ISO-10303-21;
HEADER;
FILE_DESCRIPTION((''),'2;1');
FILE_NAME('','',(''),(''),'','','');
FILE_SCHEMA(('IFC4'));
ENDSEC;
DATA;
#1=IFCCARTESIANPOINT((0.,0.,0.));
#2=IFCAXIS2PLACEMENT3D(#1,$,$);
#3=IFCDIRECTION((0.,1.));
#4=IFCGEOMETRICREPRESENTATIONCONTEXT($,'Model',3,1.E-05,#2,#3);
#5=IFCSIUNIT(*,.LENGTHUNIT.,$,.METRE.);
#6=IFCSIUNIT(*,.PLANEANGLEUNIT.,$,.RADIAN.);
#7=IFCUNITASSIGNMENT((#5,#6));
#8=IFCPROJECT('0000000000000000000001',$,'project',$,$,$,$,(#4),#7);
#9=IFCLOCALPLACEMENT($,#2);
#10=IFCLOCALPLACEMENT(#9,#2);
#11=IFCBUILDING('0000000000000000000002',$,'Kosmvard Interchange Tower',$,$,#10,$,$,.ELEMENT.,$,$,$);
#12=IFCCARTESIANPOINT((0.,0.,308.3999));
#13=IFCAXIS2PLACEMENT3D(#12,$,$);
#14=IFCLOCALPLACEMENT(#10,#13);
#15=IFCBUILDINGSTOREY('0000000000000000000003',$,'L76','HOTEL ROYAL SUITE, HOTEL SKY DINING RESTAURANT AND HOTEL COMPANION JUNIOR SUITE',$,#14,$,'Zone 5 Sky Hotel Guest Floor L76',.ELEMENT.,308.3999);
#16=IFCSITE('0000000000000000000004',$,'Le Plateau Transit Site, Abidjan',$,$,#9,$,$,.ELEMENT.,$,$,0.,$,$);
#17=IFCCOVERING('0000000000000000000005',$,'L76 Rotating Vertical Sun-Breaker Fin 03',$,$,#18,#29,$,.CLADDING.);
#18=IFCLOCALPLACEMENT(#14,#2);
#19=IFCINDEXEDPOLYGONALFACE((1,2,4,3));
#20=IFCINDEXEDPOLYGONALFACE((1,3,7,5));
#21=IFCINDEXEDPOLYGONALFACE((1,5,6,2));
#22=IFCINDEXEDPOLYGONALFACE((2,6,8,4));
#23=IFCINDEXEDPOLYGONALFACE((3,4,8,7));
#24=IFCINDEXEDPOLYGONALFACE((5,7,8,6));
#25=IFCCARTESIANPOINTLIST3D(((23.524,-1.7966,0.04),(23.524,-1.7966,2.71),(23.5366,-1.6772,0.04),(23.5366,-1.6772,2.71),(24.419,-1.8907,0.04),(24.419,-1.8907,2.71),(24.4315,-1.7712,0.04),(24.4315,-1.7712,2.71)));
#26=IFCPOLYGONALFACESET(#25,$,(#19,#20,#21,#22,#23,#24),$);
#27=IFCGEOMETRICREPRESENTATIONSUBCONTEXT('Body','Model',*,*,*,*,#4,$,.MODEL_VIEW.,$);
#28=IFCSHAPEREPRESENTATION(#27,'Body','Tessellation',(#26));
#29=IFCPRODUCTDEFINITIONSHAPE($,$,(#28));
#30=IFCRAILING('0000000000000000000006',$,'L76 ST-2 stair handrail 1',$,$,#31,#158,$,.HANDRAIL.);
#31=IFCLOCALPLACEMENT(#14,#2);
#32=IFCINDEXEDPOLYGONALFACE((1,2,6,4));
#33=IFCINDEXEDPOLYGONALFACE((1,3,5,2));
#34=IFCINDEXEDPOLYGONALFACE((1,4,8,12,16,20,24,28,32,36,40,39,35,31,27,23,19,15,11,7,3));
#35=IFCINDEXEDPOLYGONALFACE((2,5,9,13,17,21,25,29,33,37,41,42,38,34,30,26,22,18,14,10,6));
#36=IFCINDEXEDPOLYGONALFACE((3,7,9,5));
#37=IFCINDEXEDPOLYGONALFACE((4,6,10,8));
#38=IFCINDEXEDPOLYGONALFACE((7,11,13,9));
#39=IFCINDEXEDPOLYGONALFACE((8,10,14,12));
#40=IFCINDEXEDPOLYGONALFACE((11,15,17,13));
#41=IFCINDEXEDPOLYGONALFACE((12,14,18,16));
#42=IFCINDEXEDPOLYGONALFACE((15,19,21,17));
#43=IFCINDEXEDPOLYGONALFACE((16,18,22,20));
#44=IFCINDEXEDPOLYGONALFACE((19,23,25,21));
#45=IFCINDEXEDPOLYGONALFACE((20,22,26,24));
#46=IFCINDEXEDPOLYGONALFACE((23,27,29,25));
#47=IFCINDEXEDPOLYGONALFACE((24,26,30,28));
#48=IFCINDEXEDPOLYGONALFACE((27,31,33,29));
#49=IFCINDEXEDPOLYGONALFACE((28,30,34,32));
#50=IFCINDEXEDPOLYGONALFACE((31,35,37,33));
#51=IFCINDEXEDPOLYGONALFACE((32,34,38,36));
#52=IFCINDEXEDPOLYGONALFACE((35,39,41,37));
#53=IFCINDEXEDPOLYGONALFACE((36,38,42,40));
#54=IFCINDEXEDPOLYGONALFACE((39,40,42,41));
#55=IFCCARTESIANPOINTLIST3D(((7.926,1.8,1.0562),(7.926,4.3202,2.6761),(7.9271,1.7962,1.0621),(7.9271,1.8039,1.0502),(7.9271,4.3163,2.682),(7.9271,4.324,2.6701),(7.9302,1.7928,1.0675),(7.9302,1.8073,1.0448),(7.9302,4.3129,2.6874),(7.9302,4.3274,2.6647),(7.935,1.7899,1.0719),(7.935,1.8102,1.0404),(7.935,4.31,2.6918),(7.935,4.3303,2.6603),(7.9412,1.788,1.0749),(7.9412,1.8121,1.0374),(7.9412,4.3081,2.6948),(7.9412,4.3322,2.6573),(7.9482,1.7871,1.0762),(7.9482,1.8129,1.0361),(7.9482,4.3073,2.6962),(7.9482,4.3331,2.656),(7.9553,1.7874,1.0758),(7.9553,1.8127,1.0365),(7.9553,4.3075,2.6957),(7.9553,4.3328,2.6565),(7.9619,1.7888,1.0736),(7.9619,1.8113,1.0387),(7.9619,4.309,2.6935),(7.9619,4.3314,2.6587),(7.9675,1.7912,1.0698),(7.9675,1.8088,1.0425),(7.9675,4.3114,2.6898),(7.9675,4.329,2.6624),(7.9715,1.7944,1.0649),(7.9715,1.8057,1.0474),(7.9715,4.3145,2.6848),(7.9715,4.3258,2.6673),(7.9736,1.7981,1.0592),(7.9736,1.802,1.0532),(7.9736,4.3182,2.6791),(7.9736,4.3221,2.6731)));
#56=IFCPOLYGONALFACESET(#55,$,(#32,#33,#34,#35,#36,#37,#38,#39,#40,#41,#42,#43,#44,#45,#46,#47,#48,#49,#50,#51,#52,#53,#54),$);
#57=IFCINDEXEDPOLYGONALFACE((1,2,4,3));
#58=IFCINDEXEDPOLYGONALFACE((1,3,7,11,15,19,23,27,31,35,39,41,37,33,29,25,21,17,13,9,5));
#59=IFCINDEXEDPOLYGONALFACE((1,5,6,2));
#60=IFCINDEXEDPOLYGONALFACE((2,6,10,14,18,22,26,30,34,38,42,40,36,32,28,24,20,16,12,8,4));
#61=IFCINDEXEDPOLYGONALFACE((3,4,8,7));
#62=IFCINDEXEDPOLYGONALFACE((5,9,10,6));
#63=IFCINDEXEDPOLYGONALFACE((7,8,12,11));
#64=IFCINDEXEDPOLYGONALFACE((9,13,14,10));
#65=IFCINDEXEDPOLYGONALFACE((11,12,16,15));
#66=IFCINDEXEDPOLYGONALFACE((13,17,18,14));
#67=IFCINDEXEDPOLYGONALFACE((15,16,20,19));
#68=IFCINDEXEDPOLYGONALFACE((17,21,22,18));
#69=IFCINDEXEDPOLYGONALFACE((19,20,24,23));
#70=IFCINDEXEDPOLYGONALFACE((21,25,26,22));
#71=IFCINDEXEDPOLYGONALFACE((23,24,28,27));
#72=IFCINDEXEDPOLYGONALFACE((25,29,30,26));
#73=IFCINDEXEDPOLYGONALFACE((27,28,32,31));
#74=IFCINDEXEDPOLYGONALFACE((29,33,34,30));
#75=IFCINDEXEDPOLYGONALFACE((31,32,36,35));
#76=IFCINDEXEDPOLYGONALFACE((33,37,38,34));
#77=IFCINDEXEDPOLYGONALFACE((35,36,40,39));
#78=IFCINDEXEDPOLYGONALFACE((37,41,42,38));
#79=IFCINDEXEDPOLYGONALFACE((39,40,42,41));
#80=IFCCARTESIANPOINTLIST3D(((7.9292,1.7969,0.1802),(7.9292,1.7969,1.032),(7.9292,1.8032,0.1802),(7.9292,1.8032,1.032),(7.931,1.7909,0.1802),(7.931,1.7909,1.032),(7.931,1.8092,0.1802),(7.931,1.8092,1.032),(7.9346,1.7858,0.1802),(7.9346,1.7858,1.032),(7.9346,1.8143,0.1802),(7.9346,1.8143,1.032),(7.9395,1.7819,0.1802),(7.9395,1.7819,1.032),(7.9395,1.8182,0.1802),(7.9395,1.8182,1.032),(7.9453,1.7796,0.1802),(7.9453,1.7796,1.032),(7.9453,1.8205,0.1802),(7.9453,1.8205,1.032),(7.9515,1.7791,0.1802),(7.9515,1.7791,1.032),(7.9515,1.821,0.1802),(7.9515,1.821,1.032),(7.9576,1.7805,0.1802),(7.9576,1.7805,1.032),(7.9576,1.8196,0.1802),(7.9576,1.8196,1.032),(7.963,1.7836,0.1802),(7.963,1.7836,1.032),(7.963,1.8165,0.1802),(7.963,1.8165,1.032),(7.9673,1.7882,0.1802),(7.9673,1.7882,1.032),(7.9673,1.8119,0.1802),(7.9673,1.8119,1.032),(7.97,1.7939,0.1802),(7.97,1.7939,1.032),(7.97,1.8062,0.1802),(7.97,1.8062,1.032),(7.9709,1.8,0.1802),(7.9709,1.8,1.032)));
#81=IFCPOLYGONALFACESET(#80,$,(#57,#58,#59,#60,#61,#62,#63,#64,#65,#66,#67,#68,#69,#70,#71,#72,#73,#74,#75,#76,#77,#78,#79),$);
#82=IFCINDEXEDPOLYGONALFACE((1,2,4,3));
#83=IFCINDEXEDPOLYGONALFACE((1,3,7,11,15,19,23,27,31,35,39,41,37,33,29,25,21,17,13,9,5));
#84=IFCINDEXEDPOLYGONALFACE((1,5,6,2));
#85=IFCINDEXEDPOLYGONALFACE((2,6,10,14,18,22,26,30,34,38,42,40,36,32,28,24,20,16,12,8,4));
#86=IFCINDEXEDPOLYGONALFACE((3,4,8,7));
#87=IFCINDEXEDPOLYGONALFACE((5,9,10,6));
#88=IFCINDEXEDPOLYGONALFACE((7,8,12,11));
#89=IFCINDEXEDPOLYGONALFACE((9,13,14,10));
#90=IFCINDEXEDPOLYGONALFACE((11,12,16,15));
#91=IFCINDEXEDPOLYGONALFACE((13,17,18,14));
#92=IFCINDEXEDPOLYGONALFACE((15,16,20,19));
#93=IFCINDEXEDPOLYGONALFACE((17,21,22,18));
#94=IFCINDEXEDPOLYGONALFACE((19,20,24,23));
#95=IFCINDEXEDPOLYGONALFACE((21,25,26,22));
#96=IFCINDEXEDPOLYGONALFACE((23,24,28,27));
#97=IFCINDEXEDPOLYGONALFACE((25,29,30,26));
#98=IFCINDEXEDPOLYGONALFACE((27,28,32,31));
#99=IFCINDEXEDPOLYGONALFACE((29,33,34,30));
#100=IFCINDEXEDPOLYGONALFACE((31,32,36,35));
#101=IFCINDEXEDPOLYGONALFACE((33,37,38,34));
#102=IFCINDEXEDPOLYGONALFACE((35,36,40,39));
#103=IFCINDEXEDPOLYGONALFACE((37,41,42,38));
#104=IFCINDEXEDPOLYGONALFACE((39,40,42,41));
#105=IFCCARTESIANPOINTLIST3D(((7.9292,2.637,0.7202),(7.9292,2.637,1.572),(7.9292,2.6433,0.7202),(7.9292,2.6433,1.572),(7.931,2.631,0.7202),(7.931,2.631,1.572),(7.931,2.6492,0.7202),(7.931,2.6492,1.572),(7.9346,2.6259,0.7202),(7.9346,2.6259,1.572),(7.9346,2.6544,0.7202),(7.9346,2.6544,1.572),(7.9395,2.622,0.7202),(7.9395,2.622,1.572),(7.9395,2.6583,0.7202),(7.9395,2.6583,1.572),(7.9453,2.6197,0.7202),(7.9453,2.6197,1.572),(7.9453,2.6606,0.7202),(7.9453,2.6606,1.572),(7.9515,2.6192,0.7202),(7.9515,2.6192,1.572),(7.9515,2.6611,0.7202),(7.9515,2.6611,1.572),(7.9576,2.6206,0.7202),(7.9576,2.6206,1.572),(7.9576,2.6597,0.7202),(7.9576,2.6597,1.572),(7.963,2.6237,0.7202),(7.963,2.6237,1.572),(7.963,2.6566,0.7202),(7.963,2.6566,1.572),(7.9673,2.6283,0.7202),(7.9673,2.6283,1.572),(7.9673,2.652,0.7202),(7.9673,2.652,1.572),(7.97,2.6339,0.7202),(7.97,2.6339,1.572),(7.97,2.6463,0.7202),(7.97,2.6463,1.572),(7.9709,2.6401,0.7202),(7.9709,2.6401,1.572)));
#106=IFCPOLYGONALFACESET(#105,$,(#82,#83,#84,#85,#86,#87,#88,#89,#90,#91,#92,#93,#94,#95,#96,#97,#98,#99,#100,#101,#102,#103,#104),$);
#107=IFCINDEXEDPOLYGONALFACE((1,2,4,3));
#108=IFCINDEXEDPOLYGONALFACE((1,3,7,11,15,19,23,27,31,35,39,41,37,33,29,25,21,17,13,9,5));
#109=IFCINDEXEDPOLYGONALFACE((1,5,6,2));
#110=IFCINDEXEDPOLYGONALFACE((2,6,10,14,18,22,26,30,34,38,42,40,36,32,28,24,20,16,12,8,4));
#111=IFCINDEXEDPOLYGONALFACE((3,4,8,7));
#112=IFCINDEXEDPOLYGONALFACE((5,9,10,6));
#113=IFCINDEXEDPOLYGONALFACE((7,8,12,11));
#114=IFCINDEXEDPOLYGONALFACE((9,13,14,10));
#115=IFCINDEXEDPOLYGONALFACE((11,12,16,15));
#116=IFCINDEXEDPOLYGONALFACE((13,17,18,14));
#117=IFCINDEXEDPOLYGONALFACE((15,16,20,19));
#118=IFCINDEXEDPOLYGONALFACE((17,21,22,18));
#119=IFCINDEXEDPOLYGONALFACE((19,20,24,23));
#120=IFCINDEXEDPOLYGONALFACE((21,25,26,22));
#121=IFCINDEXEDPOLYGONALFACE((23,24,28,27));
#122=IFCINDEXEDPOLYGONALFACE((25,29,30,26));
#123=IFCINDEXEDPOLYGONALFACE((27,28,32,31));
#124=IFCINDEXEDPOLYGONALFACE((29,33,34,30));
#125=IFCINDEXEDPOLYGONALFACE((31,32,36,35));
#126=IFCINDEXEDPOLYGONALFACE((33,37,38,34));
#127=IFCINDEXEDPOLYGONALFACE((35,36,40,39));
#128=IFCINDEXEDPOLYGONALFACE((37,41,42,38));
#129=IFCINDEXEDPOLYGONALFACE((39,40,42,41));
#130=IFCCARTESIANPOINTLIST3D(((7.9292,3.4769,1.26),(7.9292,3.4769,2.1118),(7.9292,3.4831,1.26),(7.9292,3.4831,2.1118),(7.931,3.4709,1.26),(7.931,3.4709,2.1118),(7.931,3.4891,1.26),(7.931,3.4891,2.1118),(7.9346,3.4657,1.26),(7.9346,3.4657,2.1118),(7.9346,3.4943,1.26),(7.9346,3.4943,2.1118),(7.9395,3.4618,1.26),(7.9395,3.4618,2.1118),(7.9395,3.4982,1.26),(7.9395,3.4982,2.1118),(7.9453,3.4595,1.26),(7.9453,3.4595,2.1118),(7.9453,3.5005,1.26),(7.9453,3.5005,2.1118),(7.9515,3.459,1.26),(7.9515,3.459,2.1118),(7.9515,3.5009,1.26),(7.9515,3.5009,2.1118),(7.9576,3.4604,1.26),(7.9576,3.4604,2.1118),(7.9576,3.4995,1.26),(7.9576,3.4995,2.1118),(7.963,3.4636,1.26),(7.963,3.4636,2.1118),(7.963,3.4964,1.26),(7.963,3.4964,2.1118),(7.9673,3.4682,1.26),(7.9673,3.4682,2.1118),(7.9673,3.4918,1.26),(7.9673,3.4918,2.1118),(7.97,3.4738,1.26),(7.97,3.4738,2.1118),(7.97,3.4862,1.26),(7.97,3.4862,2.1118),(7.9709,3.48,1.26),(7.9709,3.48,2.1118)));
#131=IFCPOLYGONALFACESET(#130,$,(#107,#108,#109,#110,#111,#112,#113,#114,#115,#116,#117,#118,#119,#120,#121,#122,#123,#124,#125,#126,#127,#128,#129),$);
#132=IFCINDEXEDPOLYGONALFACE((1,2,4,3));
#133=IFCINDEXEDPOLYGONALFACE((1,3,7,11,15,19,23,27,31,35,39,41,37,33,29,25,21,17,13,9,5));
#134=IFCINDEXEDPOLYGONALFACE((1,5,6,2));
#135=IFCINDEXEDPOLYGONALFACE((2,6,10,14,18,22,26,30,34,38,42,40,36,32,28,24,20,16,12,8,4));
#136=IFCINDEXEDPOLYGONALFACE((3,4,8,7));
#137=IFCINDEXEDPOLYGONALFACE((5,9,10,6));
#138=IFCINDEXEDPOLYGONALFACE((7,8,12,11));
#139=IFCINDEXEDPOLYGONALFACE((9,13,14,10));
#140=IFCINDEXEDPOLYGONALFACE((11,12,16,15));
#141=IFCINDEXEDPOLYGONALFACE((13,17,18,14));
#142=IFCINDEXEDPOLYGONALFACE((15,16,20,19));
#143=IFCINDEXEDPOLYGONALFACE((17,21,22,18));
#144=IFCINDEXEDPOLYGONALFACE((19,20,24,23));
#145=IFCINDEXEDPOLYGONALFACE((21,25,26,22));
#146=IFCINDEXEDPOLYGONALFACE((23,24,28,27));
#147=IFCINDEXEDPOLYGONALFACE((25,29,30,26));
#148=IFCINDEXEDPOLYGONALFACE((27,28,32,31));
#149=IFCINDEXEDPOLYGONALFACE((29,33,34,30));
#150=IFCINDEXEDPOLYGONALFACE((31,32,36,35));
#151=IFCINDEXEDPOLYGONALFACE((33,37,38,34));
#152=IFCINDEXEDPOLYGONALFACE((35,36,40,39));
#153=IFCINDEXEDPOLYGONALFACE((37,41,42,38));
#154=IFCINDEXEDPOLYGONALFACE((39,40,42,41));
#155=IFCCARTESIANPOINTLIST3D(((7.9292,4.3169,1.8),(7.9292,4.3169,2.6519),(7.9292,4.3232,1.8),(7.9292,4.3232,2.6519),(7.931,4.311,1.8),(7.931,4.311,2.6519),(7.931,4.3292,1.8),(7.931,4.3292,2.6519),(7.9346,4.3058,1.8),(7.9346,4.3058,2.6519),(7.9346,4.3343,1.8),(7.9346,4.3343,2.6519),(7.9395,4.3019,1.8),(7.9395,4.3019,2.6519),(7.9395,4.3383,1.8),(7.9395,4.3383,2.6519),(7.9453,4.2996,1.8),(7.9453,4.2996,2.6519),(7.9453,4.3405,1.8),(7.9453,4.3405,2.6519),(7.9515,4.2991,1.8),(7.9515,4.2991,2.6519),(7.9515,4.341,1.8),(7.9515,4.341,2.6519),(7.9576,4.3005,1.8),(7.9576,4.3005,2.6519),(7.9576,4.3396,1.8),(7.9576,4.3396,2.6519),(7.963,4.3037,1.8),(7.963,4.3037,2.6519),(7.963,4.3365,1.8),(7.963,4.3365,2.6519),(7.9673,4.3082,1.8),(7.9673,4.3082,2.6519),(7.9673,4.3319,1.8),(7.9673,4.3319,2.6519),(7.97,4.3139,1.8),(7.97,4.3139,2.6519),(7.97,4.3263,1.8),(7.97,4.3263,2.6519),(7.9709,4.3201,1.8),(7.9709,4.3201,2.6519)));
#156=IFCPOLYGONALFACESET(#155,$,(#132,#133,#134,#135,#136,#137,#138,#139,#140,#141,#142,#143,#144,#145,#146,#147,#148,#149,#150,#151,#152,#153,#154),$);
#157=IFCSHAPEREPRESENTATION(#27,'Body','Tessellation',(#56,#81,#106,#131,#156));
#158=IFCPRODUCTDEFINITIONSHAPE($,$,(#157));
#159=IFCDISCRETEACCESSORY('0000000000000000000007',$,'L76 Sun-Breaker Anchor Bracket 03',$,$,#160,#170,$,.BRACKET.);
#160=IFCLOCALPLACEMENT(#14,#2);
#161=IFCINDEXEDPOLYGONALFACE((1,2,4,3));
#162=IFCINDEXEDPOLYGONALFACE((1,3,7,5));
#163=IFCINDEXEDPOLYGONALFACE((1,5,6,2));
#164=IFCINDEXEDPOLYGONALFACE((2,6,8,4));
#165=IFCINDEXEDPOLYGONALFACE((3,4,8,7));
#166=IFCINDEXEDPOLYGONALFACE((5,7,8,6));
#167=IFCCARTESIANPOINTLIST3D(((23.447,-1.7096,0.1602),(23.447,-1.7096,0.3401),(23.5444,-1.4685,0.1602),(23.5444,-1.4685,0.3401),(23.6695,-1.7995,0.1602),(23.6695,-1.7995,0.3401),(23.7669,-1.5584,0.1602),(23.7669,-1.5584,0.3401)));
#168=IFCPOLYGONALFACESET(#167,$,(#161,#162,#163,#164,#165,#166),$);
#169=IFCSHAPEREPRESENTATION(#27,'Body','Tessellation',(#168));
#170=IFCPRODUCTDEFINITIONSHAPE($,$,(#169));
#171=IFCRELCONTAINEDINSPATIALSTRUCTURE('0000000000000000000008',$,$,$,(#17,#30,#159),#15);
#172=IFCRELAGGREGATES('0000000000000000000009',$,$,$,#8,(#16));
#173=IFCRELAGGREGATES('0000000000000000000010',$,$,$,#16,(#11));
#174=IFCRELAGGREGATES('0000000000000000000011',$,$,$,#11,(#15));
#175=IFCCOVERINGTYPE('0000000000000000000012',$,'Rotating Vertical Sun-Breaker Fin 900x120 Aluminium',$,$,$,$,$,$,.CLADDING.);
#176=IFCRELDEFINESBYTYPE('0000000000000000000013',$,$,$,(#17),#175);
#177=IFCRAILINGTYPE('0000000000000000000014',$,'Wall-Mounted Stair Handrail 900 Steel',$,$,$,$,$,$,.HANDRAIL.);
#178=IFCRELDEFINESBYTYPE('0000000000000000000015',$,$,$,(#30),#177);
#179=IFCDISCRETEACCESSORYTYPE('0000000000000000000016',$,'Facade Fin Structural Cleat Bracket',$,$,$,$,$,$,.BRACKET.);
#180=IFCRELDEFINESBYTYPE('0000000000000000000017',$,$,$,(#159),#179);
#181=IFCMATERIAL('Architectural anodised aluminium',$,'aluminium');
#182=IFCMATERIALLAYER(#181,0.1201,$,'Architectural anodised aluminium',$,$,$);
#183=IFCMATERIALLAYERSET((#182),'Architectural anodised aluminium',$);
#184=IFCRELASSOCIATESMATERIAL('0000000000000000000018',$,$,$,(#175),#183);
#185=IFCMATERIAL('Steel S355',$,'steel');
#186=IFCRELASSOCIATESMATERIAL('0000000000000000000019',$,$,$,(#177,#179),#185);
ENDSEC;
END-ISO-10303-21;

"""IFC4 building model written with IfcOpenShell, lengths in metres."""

from ifc_helpers import new_model, si_unit, direction, frame, origin, origin_2d, place, context, subcontext, project, spatial, rectangle, circle, extrude, source, transform, mapped, material, layer, layer_set, type_object, element, save


model = new_model("IFC4")

# Units and contexts
model_context = context("Model", 3, precision=1e-05, world=origin(), true_north=direction((0.0, 1.0)))
body_context = subcontext(model_context, "Body", "Model", "MODEL_VIEW")
ifc_project = project(units=[si_unit("LENGTHUNIT", "METRE"), si_unit("PLANEANGLEUNIT", "RADIAN")], contexts=[model_context])

# Site, building, storey
site_placement = place(None, origin())
site = spatial("IfcSite", under=ifc_project, at=site_placement, Name="Le Plateau Transit Site, Abidjan", CompositionType="ELEMENT", RefElevation=0.0)
building_placement = place(site_placement, origin())
building = spatial("IfcBuilding", under=site, at=building_placement, Name="Kosmvard Interchange Tower", CompositionType="ELEMENT")
storey_placement = place(building_placement, frame((0.0, 0.0, 308.3999)))
storey = spatial("IfcBuildingStorey", under=building, at=storey_placement, Name="L76", Description="HOTEL ROYAL SUITE, HOTEL SKY DINING RESTAURANT AND HOTEL COMPANION JUNIOR SUITE", LongName="Zone 5 Sky Hotel Guest Floor L76", CompositionType="ELEMENT", Elevation=308.3999)

# Shared definitions
ifc_material_1 = material(Name="Steel S355", Category="steel")

# Covering
ifc_material_2 = material(Name="Architectural anodised aluminium", Category="aluminium")
ifc_layer_1 = layer(ifc_material_2, 0.1201, Name="Architectural anodised aluminium")
ifc_layer_set_1 = layer_set([ifc_layer_1], Name="Architectural anodised aluminium")
covering_type = type_object("IfcCoveringType", Name="Rotating Vertical Sun-Breaker Fin 900x120 Aluminium", PredefinedType="CLADDING", material=ifc_layer_set_1)
shared_shape_1 = source(origin(), body_context, "Body", "SweptSolid", [
    extrude(rectangle(XDim=0.8999, YDim=0.1201, at=origin_2d()), origin(), (0.0, 0.0, 1.0), 2.6699),
])
covering_placement = place(storey_placement, frame((23.9778, -1.7839, 0.04), z_axis=(0.0, 0.0, 1.0), x_axis=(0.994522, -0.104528, 0.0)))
element("IfcCovering", 1, at=covering_placement, inside=storey, type_object=covering_type, Name="L76 Rotating Vertical Sun-Breaker Fin 03", PredefinedType="CLADDING", context=body_context, shape_type="MappedRepresentation", body=[
    mapped(shared_shape_1, transform((0.0, 0.0, 0.0), scale=1.0)),
])

# Railing
railing_type = type_object("IfcRailingType", Name="Wall-Mounted Stair Handrail 900 Steel", PredefinedType="HANDRAIL", material=ifc_material_1)
shared_shape_2 = source(origin(), body_context, "Body", "SweptSolid", [
    extrude(circle(Radius=0.0239, at=origin_2d()), frame((0.0, 0.0, 0.876), z_axis=(0.0, 0.8412, 0.540725), x_axis=(-1.0, 0.0, 0.0)), (0.0, 0.0, 1.0), 2.9958),
    extrude(circle(Radius=0.021, at=origin_2d()), origin(), (0.0, 0.0, 1.0), 0.8518),
    extrude(circle(Radius=0.021, at=origin_2d()), frame((0.0, 0.8401, 0.54)), (0.0, 0.0, 1.0), 0.8518),
    extrude(circle(Radius=0.021, at=origin_2d()), frame((0.0, 1.6799, 1.0798)), (0.0, 0.0, 1.0), 0.8518),
    extrude(circle(Radius=0.021, at=origin_2d()), frame((0.0, 2.52, 1.6199)), (0.0, 0.0, 1.0), 0.8518),
])
railing_placement = place(storey_placement, frame((7.95, 1.8, 0.1802)))
element("IfcRailing", 2, at=railing_placement, inside=storey, type_object=railing_type, Name="L76 ST-2 stair handrail 1", PredefinedType="HANDRAIL", context=body_context, shape_type="MappedRepresentation", body=[
    mapped(shared_shape_2, transform((0.0, 0.0, 0.0), scale=1.0)),
])

# Discrete accessory
discrete_accessory_type = type_object("IfcDiscreteAccessoryType", Name="Facade Fin Structural Cleat Bracket", PredefinedType="BRACKET", material=ifc_material_1)
shared_shape_3 = source(origin(), body_context, "Body", "SweptSolid", [
    extrude(rectangle(XDim=0.24, YDim=0.26, at=origin_2d()), origin(), (0.0, 0.0, 1.0), 0.1799),
])
discrete_accessory_placement = place(storey_placement, frame((23.6069, -1.634, 0.1602), z_axis=(0.0, 0.0, 1.0), x_axis=(0.927184, -0.374607, 0.0)))
element("IfcDiscreteAccessory", 3, at=discrete_accessory_placement, inside=storey, type_object=discrete_accessory_type, Name="L76 Sun-Breaker Anchor Bracket 03", PredefinedType="BRACKET", context=body_context, shape_type="MappedRepresentation", body=[
    mapped(shared_shape_3, transform((0.0, 0.0, 0.0), scale=1.0)),
])

save(model, "model.ifc")
